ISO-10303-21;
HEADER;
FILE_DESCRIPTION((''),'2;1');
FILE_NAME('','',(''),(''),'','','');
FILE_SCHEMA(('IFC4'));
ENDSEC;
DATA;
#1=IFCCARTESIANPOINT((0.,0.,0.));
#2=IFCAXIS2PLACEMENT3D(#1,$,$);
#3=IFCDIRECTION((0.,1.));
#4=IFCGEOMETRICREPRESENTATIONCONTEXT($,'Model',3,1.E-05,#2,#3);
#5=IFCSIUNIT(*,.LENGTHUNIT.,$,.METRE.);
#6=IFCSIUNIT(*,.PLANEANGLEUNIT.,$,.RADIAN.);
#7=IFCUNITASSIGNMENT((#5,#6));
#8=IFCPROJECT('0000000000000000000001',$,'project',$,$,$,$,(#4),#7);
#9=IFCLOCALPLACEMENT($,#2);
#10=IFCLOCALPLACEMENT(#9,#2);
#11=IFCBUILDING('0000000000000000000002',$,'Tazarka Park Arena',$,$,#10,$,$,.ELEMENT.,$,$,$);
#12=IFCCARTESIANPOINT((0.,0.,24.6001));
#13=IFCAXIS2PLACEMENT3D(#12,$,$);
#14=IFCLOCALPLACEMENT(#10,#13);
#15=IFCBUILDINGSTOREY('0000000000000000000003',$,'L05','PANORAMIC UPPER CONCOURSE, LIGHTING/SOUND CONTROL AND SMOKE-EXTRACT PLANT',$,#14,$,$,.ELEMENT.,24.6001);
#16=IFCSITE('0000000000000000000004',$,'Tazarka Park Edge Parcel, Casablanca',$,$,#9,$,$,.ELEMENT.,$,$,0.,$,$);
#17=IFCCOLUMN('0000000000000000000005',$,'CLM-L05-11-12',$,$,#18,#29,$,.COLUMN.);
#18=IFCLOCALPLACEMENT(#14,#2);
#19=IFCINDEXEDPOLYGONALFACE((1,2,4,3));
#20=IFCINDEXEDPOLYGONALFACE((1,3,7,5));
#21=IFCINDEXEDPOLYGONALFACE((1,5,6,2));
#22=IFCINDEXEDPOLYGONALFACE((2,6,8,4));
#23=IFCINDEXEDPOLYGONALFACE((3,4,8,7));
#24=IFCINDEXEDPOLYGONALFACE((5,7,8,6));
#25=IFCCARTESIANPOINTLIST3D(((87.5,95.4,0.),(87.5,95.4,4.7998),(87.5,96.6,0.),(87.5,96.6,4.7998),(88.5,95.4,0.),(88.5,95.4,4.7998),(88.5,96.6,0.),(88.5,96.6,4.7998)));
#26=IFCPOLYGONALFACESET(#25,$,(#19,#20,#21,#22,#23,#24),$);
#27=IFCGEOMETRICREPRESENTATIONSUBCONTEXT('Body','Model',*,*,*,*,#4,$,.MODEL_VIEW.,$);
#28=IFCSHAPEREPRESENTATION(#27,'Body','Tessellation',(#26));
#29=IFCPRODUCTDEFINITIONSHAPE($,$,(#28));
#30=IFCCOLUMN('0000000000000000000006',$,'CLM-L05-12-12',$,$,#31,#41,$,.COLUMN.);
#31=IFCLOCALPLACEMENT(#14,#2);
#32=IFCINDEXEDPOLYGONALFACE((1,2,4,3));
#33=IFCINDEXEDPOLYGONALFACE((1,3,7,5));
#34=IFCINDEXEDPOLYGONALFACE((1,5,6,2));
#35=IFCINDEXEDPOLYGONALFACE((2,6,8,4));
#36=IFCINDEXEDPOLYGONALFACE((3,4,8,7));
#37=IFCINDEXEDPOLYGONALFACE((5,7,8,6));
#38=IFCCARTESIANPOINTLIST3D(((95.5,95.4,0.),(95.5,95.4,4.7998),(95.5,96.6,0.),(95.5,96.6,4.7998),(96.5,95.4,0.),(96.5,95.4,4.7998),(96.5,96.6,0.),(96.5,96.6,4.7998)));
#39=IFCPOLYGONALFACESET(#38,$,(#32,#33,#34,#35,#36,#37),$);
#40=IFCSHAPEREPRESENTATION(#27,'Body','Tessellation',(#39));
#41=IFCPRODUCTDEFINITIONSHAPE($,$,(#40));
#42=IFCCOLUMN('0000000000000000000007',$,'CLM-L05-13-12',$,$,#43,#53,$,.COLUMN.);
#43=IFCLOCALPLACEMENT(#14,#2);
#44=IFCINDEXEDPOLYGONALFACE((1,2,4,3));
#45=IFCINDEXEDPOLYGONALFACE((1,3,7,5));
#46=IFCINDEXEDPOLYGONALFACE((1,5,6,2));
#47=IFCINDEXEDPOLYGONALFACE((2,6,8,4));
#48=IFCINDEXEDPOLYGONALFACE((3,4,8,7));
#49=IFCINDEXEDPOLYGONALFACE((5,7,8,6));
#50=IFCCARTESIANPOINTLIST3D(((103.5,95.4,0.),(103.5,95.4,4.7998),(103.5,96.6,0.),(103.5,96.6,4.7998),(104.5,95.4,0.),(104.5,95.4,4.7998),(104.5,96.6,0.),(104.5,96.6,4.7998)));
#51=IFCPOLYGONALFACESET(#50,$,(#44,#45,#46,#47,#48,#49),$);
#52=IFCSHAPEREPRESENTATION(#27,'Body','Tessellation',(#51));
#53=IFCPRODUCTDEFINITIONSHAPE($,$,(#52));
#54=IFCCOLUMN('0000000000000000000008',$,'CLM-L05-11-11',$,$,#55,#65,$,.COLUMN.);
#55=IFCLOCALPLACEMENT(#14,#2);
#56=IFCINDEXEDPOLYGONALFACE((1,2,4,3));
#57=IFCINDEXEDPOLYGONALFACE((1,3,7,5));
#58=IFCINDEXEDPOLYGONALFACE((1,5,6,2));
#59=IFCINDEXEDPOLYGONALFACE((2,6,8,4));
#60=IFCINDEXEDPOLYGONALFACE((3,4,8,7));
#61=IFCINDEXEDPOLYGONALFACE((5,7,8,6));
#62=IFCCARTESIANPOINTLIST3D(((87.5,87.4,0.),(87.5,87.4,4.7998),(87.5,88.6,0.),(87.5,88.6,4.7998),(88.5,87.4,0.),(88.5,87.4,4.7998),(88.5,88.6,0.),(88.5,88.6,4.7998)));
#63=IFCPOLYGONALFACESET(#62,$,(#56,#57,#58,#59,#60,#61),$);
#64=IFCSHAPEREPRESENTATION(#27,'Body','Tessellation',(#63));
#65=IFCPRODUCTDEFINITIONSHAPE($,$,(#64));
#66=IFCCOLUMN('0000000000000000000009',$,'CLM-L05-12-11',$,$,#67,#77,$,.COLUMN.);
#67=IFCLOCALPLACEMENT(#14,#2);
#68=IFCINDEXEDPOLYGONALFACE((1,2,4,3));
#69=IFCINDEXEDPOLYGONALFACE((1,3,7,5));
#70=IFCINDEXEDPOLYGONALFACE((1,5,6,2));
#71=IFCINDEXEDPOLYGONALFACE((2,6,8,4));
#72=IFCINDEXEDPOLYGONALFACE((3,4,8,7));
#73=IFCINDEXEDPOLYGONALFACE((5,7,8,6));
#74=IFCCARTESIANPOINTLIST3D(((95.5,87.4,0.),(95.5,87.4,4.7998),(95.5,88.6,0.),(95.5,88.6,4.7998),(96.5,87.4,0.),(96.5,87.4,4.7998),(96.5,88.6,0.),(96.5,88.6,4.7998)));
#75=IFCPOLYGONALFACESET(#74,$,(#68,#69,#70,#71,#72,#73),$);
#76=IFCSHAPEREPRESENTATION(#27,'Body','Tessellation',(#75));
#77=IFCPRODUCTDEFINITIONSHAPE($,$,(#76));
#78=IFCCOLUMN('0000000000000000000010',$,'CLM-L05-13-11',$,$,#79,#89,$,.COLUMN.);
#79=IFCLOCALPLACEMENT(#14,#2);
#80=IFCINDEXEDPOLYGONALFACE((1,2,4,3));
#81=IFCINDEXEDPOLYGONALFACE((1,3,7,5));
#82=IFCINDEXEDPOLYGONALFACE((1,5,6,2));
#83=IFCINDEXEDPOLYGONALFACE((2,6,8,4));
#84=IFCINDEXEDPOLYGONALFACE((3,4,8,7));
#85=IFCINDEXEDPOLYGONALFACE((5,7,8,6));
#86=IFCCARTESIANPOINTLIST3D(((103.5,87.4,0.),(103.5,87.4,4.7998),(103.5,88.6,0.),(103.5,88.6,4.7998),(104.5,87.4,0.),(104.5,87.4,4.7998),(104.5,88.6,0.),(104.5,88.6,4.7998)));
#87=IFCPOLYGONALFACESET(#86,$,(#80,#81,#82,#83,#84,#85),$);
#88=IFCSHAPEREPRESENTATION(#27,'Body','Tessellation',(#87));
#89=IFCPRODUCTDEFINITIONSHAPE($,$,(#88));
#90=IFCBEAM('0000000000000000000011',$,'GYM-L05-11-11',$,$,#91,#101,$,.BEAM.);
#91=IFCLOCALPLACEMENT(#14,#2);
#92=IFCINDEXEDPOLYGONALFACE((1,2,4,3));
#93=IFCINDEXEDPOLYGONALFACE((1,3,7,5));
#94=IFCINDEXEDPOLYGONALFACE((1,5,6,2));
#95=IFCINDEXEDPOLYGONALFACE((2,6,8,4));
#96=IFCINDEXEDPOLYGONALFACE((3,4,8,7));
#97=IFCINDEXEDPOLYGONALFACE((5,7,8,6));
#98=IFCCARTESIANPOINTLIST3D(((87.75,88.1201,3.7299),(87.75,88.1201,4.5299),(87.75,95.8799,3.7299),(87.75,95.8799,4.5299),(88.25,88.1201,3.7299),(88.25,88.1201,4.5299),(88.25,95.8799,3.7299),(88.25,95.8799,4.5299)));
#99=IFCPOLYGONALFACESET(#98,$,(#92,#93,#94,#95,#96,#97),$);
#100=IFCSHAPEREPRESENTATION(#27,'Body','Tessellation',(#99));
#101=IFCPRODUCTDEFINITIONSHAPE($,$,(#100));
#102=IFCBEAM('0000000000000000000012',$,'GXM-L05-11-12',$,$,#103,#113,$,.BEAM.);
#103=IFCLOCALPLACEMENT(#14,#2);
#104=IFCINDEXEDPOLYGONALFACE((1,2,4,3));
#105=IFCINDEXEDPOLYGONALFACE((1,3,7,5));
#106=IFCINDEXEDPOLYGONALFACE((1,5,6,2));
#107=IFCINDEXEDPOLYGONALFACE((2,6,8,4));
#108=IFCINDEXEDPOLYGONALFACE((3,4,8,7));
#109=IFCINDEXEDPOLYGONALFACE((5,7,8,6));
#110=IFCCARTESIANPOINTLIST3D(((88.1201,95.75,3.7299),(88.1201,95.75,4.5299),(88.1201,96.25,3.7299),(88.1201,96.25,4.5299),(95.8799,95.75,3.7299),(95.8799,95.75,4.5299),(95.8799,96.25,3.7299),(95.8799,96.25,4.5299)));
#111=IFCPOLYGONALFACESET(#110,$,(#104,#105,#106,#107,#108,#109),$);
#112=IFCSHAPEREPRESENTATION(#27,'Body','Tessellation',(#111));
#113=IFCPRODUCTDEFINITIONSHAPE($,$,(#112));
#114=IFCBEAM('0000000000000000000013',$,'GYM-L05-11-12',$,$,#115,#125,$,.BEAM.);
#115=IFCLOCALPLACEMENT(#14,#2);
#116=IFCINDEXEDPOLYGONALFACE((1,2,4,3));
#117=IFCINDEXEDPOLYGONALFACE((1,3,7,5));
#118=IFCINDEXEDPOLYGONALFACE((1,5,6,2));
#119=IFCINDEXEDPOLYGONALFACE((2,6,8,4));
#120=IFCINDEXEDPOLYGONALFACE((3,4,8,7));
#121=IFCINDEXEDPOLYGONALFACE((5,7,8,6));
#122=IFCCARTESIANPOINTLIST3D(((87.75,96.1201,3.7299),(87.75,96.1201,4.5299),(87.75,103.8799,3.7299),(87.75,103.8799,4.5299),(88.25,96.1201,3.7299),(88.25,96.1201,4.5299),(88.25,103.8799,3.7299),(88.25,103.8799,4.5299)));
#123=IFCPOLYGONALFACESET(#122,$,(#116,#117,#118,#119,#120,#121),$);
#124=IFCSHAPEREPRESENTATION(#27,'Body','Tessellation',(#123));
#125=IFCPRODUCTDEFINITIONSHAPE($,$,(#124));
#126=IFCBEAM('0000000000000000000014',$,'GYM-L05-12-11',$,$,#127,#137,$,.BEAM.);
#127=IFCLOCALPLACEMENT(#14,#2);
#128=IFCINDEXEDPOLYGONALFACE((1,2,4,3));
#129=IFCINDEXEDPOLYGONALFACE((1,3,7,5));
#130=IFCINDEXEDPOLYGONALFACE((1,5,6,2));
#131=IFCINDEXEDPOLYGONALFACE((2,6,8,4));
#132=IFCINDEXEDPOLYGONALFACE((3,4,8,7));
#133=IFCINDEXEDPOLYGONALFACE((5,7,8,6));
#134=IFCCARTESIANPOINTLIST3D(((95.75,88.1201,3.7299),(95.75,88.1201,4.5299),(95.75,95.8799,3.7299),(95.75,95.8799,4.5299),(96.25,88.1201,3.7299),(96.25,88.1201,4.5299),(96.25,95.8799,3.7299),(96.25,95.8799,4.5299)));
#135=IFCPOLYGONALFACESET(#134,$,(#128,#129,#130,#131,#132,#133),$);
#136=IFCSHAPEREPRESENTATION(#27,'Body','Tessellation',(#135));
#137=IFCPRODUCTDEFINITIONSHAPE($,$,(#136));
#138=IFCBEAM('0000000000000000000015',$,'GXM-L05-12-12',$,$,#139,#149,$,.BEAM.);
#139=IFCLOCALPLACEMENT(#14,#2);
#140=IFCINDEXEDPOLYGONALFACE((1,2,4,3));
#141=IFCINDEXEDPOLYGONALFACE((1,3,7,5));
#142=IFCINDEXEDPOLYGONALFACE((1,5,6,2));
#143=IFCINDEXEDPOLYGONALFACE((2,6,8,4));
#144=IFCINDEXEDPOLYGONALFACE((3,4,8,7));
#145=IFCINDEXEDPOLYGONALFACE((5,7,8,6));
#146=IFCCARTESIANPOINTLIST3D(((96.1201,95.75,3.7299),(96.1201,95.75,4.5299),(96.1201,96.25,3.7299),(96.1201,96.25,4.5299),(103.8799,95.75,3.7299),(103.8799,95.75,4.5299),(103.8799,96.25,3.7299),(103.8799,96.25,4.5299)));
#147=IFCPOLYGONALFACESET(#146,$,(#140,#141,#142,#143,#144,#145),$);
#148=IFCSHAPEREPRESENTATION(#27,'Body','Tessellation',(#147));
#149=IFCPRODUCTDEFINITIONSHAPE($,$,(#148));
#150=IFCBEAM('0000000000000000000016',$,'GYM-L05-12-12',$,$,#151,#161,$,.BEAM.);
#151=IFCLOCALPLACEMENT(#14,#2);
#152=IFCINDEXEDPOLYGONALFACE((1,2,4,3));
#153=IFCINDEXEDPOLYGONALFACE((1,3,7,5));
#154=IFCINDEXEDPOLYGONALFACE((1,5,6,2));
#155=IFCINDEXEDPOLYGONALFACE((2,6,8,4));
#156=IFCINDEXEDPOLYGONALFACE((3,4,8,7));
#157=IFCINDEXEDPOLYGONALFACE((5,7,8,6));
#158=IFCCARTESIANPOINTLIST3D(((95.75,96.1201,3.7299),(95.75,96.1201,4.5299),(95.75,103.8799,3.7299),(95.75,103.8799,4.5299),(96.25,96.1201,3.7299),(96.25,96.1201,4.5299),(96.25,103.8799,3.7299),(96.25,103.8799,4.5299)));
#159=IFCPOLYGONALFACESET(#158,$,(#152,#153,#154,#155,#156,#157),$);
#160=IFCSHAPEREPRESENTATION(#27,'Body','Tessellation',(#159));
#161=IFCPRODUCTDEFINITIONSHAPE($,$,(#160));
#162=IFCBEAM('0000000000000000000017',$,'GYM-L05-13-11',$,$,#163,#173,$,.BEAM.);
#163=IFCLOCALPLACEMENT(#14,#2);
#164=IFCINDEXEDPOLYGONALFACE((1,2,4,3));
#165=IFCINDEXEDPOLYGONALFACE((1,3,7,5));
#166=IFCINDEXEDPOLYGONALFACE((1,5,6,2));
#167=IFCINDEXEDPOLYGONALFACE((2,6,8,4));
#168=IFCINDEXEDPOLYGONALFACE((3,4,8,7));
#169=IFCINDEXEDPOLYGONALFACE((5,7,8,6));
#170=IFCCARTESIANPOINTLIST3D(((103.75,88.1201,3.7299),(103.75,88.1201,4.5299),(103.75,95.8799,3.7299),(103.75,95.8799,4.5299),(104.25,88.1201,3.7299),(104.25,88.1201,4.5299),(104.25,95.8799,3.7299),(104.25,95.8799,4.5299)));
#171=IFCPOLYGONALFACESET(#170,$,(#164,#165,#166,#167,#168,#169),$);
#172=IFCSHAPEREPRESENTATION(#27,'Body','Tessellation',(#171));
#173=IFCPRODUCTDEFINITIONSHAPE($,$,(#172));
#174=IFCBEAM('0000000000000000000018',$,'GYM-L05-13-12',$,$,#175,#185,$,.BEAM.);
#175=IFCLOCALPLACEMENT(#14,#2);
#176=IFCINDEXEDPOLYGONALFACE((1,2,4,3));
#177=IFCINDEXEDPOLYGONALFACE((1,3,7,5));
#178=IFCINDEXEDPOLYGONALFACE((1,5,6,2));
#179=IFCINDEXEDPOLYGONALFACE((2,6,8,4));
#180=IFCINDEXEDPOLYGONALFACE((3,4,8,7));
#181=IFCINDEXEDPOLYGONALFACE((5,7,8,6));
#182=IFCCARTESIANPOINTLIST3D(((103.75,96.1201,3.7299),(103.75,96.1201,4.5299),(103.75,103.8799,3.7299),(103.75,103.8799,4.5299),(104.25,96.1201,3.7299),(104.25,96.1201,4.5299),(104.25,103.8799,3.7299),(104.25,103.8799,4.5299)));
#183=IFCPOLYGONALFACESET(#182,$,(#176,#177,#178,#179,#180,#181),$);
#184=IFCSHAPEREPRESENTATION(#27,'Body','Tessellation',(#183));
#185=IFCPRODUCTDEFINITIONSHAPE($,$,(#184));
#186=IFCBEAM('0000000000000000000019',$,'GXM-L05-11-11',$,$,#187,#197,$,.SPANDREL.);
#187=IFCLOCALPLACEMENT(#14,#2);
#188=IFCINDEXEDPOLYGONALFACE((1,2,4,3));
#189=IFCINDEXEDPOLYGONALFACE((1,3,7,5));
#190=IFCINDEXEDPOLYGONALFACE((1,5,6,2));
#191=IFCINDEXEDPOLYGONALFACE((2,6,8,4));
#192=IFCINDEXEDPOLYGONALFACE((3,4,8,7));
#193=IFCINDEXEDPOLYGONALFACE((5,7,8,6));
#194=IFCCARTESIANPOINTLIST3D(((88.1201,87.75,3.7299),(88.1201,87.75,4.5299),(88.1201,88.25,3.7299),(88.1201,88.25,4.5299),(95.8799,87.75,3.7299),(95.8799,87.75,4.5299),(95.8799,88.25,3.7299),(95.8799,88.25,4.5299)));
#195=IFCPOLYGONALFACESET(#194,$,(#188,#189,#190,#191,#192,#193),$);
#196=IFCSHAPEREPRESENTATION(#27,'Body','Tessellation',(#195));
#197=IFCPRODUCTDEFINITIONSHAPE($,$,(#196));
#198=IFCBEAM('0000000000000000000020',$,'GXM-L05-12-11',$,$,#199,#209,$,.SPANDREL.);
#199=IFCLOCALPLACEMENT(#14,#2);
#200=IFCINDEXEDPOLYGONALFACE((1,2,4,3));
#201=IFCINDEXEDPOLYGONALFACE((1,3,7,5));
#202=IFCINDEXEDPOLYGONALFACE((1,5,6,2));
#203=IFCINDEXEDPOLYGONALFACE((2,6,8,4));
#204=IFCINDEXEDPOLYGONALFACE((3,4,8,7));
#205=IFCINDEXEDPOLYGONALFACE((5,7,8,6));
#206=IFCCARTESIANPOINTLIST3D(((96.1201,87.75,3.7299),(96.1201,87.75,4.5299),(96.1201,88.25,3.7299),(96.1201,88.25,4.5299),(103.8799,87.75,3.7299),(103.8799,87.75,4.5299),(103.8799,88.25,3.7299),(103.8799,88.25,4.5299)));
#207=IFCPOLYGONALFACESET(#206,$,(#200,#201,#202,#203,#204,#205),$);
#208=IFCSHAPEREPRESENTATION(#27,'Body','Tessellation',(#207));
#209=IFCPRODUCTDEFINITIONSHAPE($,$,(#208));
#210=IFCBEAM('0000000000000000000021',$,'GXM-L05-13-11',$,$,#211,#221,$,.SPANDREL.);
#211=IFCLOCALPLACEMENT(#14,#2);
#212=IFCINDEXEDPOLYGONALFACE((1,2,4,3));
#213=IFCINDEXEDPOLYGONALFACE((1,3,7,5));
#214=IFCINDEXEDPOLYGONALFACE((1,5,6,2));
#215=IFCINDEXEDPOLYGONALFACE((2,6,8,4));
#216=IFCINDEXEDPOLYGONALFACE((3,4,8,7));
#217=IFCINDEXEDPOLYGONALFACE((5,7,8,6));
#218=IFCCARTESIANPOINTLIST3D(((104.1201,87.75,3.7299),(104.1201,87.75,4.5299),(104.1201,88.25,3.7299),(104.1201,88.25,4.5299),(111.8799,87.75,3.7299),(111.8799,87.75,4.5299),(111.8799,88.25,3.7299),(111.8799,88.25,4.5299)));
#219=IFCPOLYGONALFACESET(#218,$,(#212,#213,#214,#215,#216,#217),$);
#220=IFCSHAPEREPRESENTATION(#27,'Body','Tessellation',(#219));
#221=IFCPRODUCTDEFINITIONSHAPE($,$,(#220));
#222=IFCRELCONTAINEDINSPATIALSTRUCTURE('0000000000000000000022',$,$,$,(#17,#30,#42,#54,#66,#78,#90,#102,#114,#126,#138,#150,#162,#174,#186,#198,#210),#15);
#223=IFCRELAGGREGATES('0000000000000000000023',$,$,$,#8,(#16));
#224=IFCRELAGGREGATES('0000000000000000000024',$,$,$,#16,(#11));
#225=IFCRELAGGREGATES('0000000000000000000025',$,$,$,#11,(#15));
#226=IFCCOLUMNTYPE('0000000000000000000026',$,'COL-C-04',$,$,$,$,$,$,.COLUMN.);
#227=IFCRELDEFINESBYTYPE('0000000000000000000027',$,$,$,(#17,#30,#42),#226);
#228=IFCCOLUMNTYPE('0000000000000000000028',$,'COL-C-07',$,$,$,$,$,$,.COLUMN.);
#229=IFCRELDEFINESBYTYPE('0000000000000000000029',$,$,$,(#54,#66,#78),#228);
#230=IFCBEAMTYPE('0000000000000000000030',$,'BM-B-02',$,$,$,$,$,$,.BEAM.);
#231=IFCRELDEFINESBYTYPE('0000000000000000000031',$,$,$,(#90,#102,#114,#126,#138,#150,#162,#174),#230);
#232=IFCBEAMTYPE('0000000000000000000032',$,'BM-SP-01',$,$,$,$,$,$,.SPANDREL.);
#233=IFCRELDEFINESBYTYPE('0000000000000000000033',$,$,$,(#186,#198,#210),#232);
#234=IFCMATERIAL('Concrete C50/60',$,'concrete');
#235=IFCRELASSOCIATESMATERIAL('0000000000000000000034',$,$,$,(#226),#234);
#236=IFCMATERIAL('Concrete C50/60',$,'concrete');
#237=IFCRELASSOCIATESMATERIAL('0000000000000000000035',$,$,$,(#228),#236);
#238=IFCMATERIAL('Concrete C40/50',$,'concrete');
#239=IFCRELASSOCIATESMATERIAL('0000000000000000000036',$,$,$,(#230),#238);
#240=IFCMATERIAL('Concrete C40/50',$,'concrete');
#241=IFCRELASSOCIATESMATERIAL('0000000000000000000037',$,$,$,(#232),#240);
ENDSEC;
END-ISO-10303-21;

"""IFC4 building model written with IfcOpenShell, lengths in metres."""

from ifc_helpers import new_model, si_unit, direction, frame, origin, origin_2d, place, context, subcontext, project, spatial, rectangle, extrude, material, material_profile, profile_set, type_object, element, save


model = new_model("IFC4")

# Units and contexts
model_context = context("Model", 3, precision=1e-05, world=origin(), true_north=direction((0.0, 1.0)))
body_context = subcontext(model_context, "Body", "Model", "MODEL_VIEW")
ifc_project = project(units=[si_unit("LENGTHUNIT", "METRE"), si_unit("PLANEANGLEUNIT", "RADIAN")], contexts=[model_context])

# Site, building, storey
site_placement = place(None, origin())
site = spatial("IfcSite", under=ifc_project, at=site_placement, Name="Tazarka Park Edge Parcel, Casablanca", CompositionType="ELEMENT", RefElevation=0.0)
building_placement = place(site_placement, origin())
building = spatial("IfcBuilding", under=site, at=building_placement, Name="Tazarka Park Arena", CompositionType="ELEMENT")
storey_placement = place(building_placement, frame((0.0, 0.0, 24.6001)))
storey = spatial("IfcBuildingStorey", under=building, at=storey_placement, Name="L05", Description="PANORAMIC UPPER CONCOURSE, LIGHTING/SOUND CONTROL AND SMOKE-EXTRACT PLANT", CompositionType="ELEMENT", Elevation=24.6001)

# Columns
ifc_material_1 = material(Name="Concrete C50/60", Category="concrete")
ifc_material_profile_1 = material_profile(ifc_material_1, rectangle(XDim=1.0, YDim=1.2, at=origin_2d()), Name="Concrete C50/60")
ifc_profile_set_1 = profile_set([ifc_material_profile_1], Name="Concrete C50/60")
column_type_1 = type_object("IfcColumnType", Name="COL-C-04", PredefinedType="COLUMN", material=ifc_profile_set_1)
for number, where, z_axis, x_axis, name in (
    (1, (88.0, 96.0, 0.0), (0.0, 0.0, 1.0), (1.0, 0.0, 0.0), "CLM-L05-11-12"),
    (2, (96.0, 96.0, 0.0), (0.0, 0.0, 1.0), (1.0, 0.0, 0.0), "CLM-L05-12-12"),
    (3, (104.0, 96.0, 0.0), (0.0, 0.0, 1.0), (1.0, 0.0, 0.0), "CLM-L05-13-12"),
):
    element("IfcColumn", number, at=place(storey_placement, frame(where, z_axis=z_axis, x_axis=x_axis)), inside=storey, type_object=column_type_1, Name=name, PredefinedType="COLUMN", context=body_context, shape_type="SweptSolid", body=[
        extrude(rectangle(XDim=1.0, YDim=1.2, at=origin_2d()), origin(), (0.0, 0.0, 1.0), 4.7998),
    ])
ifc_material_2 = material(Name="Concrete C50/60", Category="concrete")
ifc_material_profile_2 = material_profile(ifc_material_2, rectangle(XDim=1.0, YDim=1.2, at=origin_2d()), Name="Concrete C50/60")
ifc_profile_set_2 = profile_set([ifc_material_profile_2], Name="Concrete C50/60")
column_type_2 = type_object("IfcColumnType", Name="COL-C-07", PredefinedType="COLUMN", material=ifc_profile_set_2)
for number, where, z_axis, x_axis, name in (
    (4, (88.0, 88.0, 0.0), (0.0, 0.0, 1.0), (1.0, 0.0, 0.0), "CLM-L05-11-11"),
    (5, (96.0, 88.0, 0.0), (0.0, 0.0, 1.0), (1.0, 0.0, 0.0), "CLM-L05-12-11"),
    (6, (104.0, 88.0, 0.0), (0.0, 0.0, 1.0), (1.0, 0.0, 0.0), "CLM-L05-13-11"),
):
    element("IfcColumn", number, at=place(storey_placement, frame(where, z_axis=z_axis, x_axis=x_axis)), inside=storey, type_object=column_type_2, Name=name, PredefinedType="COLUMN", context=body_context, shape_type="SweptSolid", body=[
        extrude(rectangle(XDim=1.0, YDim=1.2, at=origin_2d()), origin(), (0.0, 0.0, 1.0), 4.7998),
    ])

# Beams
ifc_material_3 = material(Name="Concrete C40/50", Category="concrete")
ifc_material_profile_3 = material_profile(ifc_material_3, rectangle(XDim=0.5, YDim=0.8, at=origin_2d()), Name="Concrete C40/50")
ifc_profile_set_3 = profile_set([ifc_material_profile_3], Name="Concrete C40/50")
beam_type_1 = type_object("IfcBeamType", Name="BM-B-02", PredefinedType="BEAM", material=ifc_profile_set_3)
for number, where, z_axis, x_axis, name in (
    (7, (88.0, 88.1201, 4.1299), (0.0, 1.0, 0.0), (-1.0, 0.0, 0.0), "GYM-L05-11-11"),
    (8, (88.1201, 96.0, 4.1299), (1.0, 0.0, 0.0), (0.0, 1.0, 0.0), "GXM-L05-11-12"),
    (9, (88.0, 96.1201, 4.1299), (0.0, 1.0, 0.0), (-1.0, 0.0, 0.0), "GYM-L05-11-12"),
    (10, (96.0, 88.1201, 4.1299), (0.0, 1.0, 0.0), (-1.0, 0.0, 0.0), "GYM-L05-12-11"),
    (11, (96.1201, 96.0, 4.1299), (1.0, 0.0, 0.0), (0.0, 1.0, 0.0), "GXM-L05-12-12"),
    (12, (96.0, 96.1201, 4.1299), (0.0, 1.0, 0.0), (-1.0, 0.0, 0.0), "GYM-L05-12-12"),
    (13, (104.0, 88.1201, 4.1299), (0.0, 1.0, 0.0), (-1.0, 0.0, 0.0), "GYM-L05-13-11"),
    (14, (104.0, 96.1201, 4.1299), (0.0, 1.0, 0.0), (-1.0, 0.0, 0.0), "GYM-L05-13-12"),
):
    element("IfcBeam", number, at=place(storey_placement, frame(where, z_axis=z_axis, x_axis=x_axis)), inside=storey, type_object=beam_type_1, Name=name, PredefinedType="BEAM", context=body_context, shape_type="SweptSolid", body=[
        extrude(rectangle(XDim=0.5, YDim=0.8, at=origin_2d()), origin(), (0.0, 0.0, 1.0), 7.7598),
    ])
ifc_material_4 = material(Name="Concrete C40/50", Category="concrete")
ifc_material_profile_4 = material_profile(ifc_material_4, rectangle(XDim=0.5, YDim=0.8, at=origin_2d()), Name="Concrete C40/50")
ifc_profile_set_4 = profile_set([ifc_material_profile_4], Name="Concrete C40/50")
beam_type_2 = type_object("IfcBeamType", Name="BM-SP-01", PredefinedType="SPANDREL", material=ifc_profile_set_4)
for number, where, z_axis, x_axis, name in (
    (15, (88.1201, 88.0, 4.1299), (1.0, 0.0, 0.0), (0.0, 1.0, 0.0), "GXM-L05-11-11"),
    (16, (96.1201, 88.0, 4.1299), (1.0, 0.0, 0.0), (0.0, 1.0, 0.0), "GXM-L05-12-11"),
    (17, (104.1201, 88.0, 4.1299), (1.0, 0.0, 0.0), (0.0, 1.0, 0.0), "GXM-L05-13-11"),
):
    element("IfcBeam", number, at=place(storey_placement, frame(where, z_axis=z_axis, x_axis=x_axis)), inside=storey, type_object=beam_type_2, Name=name, PredefinedType="SPANDREL", context=body_context, shape_type="SweptSolid", body=[
        extrude(rectangle(XDim=0.5, YDim=0.8, at=origin_2d()), origin(), (0.0, 0.0, 1.0), 7.7598),
    ])

save(model, "model.ifc")
